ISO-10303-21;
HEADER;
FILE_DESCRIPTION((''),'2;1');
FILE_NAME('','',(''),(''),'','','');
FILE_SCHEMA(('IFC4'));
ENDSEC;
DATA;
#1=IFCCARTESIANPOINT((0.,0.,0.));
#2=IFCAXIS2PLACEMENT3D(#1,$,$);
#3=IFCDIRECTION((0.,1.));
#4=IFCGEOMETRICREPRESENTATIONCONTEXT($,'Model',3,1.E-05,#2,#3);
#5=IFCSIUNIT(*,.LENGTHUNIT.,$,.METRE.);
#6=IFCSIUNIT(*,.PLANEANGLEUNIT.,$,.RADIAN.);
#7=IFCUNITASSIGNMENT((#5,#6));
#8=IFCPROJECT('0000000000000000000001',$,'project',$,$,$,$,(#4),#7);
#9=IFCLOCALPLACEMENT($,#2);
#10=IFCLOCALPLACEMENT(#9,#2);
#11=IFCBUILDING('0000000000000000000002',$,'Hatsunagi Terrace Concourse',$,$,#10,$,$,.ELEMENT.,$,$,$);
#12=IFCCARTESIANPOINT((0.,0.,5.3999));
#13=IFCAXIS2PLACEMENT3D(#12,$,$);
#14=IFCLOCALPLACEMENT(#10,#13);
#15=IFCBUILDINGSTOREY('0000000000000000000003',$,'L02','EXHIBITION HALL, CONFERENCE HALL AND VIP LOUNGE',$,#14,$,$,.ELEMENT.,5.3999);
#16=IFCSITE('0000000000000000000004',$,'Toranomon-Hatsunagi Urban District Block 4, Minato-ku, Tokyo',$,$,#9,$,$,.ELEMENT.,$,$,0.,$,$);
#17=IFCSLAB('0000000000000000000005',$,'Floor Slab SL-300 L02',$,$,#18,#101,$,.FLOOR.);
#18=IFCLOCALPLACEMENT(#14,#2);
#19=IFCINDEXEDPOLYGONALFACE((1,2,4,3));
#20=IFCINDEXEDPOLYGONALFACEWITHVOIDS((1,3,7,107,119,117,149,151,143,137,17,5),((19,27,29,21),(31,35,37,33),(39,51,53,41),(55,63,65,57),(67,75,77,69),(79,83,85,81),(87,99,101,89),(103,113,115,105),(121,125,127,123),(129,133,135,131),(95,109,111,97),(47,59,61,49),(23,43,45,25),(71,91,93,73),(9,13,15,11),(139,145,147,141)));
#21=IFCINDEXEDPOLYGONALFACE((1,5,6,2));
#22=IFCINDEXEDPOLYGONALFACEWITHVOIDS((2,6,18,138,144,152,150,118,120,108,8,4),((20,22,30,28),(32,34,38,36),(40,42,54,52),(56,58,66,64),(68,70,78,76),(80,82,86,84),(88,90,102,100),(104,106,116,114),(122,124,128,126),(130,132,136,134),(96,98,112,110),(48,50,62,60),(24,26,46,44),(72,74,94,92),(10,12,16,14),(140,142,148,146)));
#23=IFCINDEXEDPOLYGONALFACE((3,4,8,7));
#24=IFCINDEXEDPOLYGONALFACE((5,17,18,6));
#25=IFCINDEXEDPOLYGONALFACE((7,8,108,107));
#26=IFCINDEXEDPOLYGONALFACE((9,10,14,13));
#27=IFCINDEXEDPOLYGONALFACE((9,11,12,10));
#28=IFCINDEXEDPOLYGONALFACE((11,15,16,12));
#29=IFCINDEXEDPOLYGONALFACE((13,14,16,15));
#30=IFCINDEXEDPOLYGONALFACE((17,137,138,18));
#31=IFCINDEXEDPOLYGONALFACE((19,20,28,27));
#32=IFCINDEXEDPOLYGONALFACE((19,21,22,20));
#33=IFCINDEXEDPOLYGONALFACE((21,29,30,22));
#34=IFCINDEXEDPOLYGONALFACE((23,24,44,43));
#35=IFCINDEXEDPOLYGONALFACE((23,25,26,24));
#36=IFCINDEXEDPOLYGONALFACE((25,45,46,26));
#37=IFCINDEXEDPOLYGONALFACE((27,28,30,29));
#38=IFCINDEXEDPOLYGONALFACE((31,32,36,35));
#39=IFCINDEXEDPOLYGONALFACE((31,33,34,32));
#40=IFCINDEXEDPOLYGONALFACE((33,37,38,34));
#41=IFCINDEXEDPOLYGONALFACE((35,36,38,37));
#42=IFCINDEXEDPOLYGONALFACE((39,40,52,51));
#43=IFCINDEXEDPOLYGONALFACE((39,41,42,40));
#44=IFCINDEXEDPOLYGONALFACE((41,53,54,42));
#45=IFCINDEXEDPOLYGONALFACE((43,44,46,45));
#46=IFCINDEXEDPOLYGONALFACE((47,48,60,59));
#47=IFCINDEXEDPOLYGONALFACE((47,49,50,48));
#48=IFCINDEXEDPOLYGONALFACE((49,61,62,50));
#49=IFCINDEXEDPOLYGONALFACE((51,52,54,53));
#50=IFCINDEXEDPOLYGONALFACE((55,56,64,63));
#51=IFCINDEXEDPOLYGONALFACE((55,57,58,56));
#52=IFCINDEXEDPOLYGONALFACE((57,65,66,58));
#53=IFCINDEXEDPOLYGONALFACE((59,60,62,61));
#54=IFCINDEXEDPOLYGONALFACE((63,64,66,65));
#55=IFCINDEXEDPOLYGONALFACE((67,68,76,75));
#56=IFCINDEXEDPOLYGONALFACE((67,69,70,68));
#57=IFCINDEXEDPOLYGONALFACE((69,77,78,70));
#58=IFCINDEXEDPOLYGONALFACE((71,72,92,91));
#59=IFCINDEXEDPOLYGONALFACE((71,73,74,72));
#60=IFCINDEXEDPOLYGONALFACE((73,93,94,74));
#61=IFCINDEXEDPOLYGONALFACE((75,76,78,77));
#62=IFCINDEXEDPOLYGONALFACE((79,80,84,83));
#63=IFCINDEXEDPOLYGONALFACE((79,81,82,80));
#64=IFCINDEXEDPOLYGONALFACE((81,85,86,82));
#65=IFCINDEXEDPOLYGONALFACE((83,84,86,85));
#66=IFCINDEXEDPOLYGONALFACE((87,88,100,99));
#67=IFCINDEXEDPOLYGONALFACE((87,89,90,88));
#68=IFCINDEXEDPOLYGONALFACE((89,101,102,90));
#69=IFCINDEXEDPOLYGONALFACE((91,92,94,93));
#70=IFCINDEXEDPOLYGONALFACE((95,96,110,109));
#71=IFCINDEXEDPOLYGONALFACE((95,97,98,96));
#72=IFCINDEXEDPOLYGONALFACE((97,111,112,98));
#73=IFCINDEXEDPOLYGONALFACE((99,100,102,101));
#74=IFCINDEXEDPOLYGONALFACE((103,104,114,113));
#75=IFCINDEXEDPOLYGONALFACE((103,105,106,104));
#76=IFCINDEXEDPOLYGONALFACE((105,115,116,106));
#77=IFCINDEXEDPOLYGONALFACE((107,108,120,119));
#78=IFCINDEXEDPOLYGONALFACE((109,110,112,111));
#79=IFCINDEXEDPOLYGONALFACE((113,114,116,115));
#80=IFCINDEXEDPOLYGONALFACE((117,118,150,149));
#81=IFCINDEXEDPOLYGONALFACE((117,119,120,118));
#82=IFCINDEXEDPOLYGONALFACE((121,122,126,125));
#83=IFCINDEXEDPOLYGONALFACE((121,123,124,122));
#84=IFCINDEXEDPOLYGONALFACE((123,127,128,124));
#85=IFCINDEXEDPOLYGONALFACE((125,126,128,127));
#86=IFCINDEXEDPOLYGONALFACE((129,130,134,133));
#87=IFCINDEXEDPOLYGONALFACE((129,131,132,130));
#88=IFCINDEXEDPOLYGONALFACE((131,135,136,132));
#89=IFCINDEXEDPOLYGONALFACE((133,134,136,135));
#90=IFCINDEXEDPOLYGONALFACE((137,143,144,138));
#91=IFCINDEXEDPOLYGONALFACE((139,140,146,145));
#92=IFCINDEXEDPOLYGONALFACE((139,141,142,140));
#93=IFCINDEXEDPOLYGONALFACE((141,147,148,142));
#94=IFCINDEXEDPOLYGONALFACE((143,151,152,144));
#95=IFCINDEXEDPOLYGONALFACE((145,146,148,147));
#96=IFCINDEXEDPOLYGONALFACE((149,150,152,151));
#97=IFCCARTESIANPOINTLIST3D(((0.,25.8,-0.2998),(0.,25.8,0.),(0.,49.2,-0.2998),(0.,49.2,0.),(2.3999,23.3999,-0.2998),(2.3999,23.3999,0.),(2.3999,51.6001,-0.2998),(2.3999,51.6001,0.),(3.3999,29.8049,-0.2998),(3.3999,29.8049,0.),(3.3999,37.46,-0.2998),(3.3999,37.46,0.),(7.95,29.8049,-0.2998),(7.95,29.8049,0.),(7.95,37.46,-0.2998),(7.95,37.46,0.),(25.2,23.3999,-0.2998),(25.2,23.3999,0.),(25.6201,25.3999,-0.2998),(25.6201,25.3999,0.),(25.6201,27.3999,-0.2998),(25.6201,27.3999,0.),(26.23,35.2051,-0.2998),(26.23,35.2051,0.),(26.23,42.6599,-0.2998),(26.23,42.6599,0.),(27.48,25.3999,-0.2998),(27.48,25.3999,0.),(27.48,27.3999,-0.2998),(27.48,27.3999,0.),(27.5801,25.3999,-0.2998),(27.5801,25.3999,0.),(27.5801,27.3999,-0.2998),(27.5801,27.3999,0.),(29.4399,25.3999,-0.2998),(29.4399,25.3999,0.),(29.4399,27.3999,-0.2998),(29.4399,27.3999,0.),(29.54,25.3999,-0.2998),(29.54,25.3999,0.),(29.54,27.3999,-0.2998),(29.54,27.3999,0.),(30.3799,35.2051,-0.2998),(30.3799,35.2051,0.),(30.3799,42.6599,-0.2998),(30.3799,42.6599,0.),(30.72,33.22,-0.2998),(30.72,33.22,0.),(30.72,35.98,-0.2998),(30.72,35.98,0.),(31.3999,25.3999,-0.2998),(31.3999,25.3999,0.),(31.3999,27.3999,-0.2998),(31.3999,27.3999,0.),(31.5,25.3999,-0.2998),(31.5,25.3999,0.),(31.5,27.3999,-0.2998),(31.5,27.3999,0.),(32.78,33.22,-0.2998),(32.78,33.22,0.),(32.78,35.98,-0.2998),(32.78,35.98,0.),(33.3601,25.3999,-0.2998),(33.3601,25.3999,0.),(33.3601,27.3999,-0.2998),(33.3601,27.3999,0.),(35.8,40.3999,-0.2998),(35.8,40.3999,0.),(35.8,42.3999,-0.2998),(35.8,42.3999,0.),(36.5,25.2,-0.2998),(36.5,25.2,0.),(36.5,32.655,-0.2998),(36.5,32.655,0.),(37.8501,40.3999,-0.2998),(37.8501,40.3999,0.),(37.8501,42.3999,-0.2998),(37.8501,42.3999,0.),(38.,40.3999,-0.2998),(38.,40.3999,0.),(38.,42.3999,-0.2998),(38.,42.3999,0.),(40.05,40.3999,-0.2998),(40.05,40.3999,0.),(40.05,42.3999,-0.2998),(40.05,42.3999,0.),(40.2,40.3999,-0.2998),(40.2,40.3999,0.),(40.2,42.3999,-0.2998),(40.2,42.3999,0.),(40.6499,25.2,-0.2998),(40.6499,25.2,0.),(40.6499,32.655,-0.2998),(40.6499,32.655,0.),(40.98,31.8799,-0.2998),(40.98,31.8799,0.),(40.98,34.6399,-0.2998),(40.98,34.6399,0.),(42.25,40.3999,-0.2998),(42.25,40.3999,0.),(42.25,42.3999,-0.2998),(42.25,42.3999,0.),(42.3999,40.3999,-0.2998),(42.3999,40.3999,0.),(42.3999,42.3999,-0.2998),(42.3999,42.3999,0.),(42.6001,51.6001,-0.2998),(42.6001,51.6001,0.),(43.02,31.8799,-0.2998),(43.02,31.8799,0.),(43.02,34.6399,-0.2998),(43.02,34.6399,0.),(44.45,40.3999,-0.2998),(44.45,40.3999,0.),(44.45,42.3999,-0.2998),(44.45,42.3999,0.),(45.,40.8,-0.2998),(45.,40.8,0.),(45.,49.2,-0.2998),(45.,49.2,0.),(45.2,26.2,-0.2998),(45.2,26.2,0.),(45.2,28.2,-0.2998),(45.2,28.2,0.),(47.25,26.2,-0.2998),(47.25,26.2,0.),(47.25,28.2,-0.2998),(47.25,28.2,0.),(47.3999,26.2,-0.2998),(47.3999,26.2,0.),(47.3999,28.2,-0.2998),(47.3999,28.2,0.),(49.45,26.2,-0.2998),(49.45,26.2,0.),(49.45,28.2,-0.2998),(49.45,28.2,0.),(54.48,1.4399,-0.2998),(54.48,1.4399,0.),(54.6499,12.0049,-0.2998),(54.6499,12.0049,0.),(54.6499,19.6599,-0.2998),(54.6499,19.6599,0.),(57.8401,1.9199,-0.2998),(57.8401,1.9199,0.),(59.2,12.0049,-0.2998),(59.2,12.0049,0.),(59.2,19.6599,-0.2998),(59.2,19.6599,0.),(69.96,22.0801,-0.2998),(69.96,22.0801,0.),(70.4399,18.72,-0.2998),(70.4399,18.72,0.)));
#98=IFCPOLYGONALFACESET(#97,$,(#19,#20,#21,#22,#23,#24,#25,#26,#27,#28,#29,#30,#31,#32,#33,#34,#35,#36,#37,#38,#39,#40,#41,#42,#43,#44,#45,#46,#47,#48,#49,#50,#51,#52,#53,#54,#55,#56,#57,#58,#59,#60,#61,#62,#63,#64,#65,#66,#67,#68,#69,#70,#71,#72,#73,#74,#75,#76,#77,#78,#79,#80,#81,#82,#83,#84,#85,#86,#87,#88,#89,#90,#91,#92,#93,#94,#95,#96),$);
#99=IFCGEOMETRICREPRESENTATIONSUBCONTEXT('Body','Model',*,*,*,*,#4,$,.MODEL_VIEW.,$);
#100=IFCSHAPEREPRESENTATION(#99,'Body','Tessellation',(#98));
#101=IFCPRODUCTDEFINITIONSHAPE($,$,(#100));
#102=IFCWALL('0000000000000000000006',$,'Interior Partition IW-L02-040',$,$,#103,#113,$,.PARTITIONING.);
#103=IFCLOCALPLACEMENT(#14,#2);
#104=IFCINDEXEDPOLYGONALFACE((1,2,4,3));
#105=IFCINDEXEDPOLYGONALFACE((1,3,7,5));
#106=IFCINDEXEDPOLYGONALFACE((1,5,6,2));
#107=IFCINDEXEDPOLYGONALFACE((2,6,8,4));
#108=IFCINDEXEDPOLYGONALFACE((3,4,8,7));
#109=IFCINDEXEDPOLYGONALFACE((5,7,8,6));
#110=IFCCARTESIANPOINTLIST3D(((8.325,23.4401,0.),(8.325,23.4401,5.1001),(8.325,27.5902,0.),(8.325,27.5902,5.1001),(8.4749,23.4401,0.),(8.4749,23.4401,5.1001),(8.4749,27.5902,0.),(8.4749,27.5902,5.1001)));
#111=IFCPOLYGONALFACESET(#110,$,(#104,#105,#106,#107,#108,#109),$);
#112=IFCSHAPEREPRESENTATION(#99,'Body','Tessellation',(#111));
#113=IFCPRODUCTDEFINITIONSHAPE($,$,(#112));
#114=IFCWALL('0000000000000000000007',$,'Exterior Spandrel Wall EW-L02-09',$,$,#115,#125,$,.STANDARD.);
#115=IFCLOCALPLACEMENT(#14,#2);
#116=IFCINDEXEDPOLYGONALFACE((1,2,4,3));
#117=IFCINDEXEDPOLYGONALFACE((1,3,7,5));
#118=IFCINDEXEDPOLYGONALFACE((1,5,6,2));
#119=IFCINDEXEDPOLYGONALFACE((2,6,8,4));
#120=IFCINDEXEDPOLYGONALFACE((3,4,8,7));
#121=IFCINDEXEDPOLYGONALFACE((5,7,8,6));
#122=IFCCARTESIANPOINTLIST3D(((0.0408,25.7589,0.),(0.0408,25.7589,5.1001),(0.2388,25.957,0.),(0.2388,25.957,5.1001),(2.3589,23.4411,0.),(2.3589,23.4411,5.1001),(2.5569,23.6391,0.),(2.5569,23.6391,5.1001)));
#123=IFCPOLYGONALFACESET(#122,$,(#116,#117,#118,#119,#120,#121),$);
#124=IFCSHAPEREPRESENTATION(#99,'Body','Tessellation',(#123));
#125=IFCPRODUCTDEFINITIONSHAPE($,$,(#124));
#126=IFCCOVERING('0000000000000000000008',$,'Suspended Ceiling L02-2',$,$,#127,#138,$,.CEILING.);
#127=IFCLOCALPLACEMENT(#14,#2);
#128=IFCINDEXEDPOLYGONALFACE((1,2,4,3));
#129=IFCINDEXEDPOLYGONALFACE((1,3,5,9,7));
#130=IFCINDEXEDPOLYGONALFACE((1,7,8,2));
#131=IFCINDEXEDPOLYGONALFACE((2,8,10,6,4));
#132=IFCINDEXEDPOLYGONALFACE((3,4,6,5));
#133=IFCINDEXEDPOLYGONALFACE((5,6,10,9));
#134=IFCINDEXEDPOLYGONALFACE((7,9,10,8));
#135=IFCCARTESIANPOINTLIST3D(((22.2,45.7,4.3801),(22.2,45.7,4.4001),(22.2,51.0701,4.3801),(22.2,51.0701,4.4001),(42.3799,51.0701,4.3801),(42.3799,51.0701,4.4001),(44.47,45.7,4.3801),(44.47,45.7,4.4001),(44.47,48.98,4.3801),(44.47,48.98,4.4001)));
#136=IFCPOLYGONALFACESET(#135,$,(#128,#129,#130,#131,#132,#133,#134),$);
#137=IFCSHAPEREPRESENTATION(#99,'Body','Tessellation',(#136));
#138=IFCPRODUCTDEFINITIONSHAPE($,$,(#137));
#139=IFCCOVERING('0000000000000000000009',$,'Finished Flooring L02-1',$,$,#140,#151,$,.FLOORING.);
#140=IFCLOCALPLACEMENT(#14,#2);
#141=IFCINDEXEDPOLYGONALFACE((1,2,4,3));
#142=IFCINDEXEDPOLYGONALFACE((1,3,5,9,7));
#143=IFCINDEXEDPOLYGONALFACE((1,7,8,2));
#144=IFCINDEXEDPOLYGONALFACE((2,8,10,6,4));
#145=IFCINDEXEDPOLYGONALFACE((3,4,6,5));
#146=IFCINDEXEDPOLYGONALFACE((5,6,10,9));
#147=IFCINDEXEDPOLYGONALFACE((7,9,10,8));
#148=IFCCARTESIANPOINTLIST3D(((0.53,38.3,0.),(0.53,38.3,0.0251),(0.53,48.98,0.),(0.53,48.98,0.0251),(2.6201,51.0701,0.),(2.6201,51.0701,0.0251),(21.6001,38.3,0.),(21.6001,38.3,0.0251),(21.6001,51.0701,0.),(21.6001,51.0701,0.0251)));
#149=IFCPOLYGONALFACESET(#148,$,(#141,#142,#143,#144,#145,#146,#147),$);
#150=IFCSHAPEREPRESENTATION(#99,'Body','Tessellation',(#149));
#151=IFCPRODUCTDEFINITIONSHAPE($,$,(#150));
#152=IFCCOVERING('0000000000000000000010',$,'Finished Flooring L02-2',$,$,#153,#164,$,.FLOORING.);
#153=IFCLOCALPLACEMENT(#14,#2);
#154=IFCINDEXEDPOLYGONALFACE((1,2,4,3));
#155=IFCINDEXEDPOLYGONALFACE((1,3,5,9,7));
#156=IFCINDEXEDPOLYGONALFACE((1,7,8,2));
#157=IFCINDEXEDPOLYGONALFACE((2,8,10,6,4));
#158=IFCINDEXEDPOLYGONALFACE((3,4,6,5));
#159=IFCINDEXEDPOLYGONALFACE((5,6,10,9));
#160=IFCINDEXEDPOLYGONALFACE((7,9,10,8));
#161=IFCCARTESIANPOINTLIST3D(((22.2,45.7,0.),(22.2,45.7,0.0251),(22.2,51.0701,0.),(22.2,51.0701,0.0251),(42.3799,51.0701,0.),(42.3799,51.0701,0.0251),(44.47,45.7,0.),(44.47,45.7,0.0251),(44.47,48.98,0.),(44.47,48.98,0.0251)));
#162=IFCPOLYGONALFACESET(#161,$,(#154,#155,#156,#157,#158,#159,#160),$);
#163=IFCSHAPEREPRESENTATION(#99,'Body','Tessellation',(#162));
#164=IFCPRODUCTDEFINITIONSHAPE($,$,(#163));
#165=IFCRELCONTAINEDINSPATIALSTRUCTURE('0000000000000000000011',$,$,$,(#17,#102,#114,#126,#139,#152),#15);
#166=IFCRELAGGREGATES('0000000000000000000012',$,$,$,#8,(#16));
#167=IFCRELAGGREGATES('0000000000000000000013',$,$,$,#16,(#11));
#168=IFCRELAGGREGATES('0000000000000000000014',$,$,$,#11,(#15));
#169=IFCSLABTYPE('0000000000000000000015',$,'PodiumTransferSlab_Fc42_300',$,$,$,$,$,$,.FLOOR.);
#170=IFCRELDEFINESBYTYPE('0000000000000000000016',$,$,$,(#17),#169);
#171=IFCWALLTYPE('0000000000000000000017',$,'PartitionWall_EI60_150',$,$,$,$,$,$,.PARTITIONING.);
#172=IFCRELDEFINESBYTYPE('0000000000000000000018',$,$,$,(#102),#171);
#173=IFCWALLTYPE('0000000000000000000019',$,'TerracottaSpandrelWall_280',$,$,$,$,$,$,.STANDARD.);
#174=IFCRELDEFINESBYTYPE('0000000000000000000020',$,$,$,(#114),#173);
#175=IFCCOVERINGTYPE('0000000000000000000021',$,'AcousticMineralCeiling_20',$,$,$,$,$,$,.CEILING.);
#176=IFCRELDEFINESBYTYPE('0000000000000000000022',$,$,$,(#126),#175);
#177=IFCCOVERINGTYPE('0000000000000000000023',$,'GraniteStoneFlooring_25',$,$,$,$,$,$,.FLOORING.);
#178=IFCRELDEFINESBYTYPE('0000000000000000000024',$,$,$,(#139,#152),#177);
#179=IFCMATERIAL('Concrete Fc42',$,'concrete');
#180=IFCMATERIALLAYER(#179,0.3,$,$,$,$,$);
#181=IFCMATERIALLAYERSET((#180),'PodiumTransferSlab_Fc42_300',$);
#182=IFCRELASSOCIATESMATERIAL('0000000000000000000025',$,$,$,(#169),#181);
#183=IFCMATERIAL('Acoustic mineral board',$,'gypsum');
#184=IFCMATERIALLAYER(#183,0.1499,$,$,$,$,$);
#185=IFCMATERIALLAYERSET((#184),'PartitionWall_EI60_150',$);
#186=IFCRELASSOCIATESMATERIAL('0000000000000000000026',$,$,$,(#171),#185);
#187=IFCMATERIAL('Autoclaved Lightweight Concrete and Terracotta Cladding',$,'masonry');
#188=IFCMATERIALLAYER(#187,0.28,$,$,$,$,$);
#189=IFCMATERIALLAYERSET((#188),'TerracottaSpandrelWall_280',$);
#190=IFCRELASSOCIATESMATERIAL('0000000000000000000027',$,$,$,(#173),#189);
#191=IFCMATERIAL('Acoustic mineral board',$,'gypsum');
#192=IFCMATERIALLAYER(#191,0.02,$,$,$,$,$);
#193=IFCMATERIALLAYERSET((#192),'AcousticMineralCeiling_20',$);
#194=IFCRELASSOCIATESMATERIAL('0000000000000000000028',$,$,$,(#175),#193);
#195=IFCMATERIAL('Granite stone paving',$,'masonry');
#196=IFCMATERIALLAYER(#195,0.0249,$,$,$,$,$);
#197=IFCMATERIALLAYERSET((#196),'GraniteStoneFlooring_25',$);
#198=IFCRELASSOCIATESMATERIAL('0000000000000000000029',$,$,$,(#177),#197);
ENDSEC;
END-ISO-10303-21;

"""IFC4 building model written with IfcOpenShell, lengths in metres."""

from ifc_helpers import new_model, si_unit, direction, frame, frame_2d, origin, place, context, subcontext, project, spatial, polyline, rectangle, outline, extrude, material, layer, layer_set, type_object, element, save


model = new_model("IFC4")

# Units and contexts
model_context = context("Model", 3, precision=1e-05, world=origin(), true_north=direction((0.0, 1.0)))
body_context = subcontext(model_context, "Body", "Model", "MODEL_VIEW")
ifc_project = project(units=[si_unit("LENGTHUNIT", "METRE"), si_unit("PLANEANGLEUNIT", "RADIAN")], contexts=[model_context])

# Site, building, storey
site_placement = place(None, origin())
site = spatial("IfcSite", under=ifc_project, at=site_placement, Name="Toranomon-Hatsunagi Urban District Block 4, Minato-ku, Tokyo", CompositionType="ELEMENT", RefElevation=0.0)
building_placement = place(site_placement, origin())
building = spatial("IfcBuilding", under=site, at=building_placement, Name="Hatsunagi Terrace Concourse", CompositionType="ELEMENT")
storey_placement = place(building_placement, frame((0.0, 0.0, 5.3999)))
storey = spatial("IfcBuildingStorey", under=building, at=storey_placement, Name="L02", Description="EXHIBITION HALL, CONFERENCE HALL AND VIP LOUNGE", CompositionType="ELEMENT", Elevation=5.3999)

# Slab
ifc_material_1 = material(Name="Concrete Fc42", Category="concrete")
ifc_layer_1 = layer(ifc_material_1, 0.3)
ifc_layer_set_1 = layer_set([ifc_layer_1], Name="PodiumTransferSlab_Fc42_300")
slab_type_1 = type_object("IfcSlabType", Name="PodiumTransferSlab_Fc42_300", PredefinedType="FLOOR", material=ifc_layer_set_1)
slab_1_placement = place(storey_placement, frame((0.0, 0.0, -0.2998)))
element("IfcSlab", 1, at=slab_1_placement, inside=storey, type_object=slab_type_1, Name="Floor Slab SL-300 L02", PredefinedType="FLOOR", context=body_context, shape_type="SweptSolid", body=[
    extrude(outline(polyline([(45.0, 40.8), (45.0, 49.2), (42.6001, 51.6001), (2.3999, 51.6001), (0.0, 49.2), (0.0, 25.8), (2.3999, 23.3999), (25.2, 23.3999), (54.48, 1.4399), (57.8401, 1.9199), (70.4399, 18.72), (69.96, 22.0801), (45.0, 40.8)]), holes=[polyline([(26.23, 35.2051), (30.3799, 35.2051), (30.3799, 42.6599), (26.23, 42.6599), (26.23, 35.2051)]), polyline([(36.5, 25.2), (40.6499, 25.2), (40.6499, 32.655), (36.5, 32.655), (36.5, 25.2)]), polyline([(3.3999, 29.8049), (7.95, 29.8049), (7.95, 37.46), (3.3999, 37.46), (3.3999, 29.8049)]), polyline([(54.6499, 12.0049), (59.2, 12.0049), (59.2, 19.6599), (54.6499, 19.6599), (54.6499, 12.0049)]), polyline([(30.72, 33.22), (32.78, 33.22), (32.78, 35.98), (30.72, 35.98), (30.72, 33.22)]), polyline([(40.98, 31.8799), (43.02, 31.8799), (43.02, 34.6399), (40.98, 34.6399), (40.98, 31.8799)]), polyline([(25.6201, 25.3999), (27.48, 25.3999), (27.48, 27.3999), (25.6201, 27.3999), (25.6201, 25.3999)]), polyline([(27.5801, 25.3999), (29.4399, 25.3999), (29.4399, 27.3999), (27.5801, 27.3999), (27.5801, 25.3999)]), polyline([(29.54, 25.3999), (31.3999, 25.3999), (31.3999, 27.3999), (29.54, 27.3999), (29.54, 25.3999)]), polyline([(31.5, 25.3999), (33.3601, 25.3999), (33.3601, 27.3999), (31.5, 27.3999), (31.5, 25.3999)]), polyline([(35.8, 40.3999), (37.8501, 40.3999), (37.8501, 42.3999), (35.8, 42.3999), (35.8, 40.3999)]), polyline([(38.0, 40.3999), (40.05, 40.3999), (40.05, 42.3999), (38.0, 42.3999), (38.0, 40.3999)]), polyline([(40.2, 40.3999), (42.25, 40.3999), (42.25, 42.3999), (40.2, 42.3999), (40.2, 40.3999)]), polyline([(42.3999, 40.3999), (44.45, 40.3999), (44.45, 42.3999), (42.3999, 42.3999), (42.3999, 40.3999)]), polyline([(45.2, 26.2), (47.25, 26.2), (47.25, 28.2), (45.2, 28.2), (45.2, 26.2)]), polyline([(47.3999, 26.2), (49.45, 26.2), (49.45, 28.2), (47.3999, 28.2), (47.3999, 26.2)])]), origin(), (0.0, 0.0, 1.0), 0.2998),
])

# Walls
ifc_material_2 = material(Name="Acoustic mineral board", Category="gypsum")
ifc_layer_2 = layer(ifc_material_2, 0.1499)
ifc_layer_set_2 = layer_set([ifc_layer_2], Name="PartitionWall_EI60_150")
wall_type_1 = type_object("IfcWallType", Name="PartitionWall_EI60_150", PredefinedType="PARTITIONING", material=ifc_layer_set_2)
wall_1_placement = place(storey_placement, frame((8.3999, 23.4399, 0.0), z_axis=(0.0, 0.0, 1.0), x_axis=(0.0, 1.0, 0.0)))
element("IfcWall", 2, at=wall_1_placement, inside=storey, type_object=wall_type_1, Name="Interior Partition IW-L02-040", PredefinedType="PARTITIONING", context=body_context, shape_type="SweptSolid", body=[
    extrude(rectangle(XDim=4.1501, YDim=0.1499, at=frame_2d((2.0752, 0.0))), origin(), (0.0, 0.0, 1.0), 5.1001),
])
ifc_material_3 = material(Name="Autoclaved Lightweight Concrete and Terracotta Cladding", Category="masonry")
ifc_layer_3 = layer(ifc_material_3, 0.28)
ifc_layer_set_3 = layer_set([ifc_layer_3], Name="TerracottaSpandrelWall_280")
wall_type_2 = type_object("IfcWallType", Name="TerracottaSpandrelWall_280", PredefinedType="STANDARD", material=ifc_layer_set_3)
wall_2_placement = place(storey_placement, frame((2.458, 23.54, 0.0), z_axis=(0.0, 0.0, 1.0), x_axis=(-0.707144, 0.70707, 0.0)))
element("IfcWall", 3, at=wall_2_placement, inside=storey, type_object=wall_type_2, Name="Exterior Spandrel Wall EW-L02-09", PredefinedType="STANDARD", context=body_context, shape_type="SweptSolid", body=[
    extrude(rectangle(XDim=3.2781, YDim=0.28, at=frame_2d((1.6392, 0.0))), origin(), (0.0, 0.0, 1.0), 5.1001),
])

# Coverings
ifc_material_4 = material(Name="Acoustic mineral board", Category="gypsum")
ifc_layer_4 = layer(ifc_material_4, 0.02)
ifc_layer_set_4 = layer_set([ifc_layer_4], Name="AcousticMineralCeiling_20")
covering_type_1 = type_object("IfcCoveringType", Name="AcousticMineralCeiling_20", PredefinedType="CEILING", material=ifc_layer_set_4)
covering_1_placement = place(storey_placement, frame((0.0, 0.0, 4.3801)))
element("IfcCovering", 4, at=covering_1_placement, inside=storey, type_object=covering_type_1, Name="Suspended Ceiling L02-2", PredefinedType="CEILING", context=body_context, shape_type="SweptSolid", body=[
    extrude(outline(polyline([(44.47, 48.98), (42.3799, 51.0701), (22.2, 51.0701), (22.2, 45.7), (44.47, 45.7), (44.47, 48.98)])), origin(), (0.0, 0.0, 1.0), 0.02),
])
ifc_material_5 = material(Name="Granite stone paving", Category="masonry")
ifc_layer_5 = layer(ifc_material_5, 0.0249)
ifc_layer_set_5 = layer_set([ifc_layer_5], Name="GraniteStoneFlooring_25")
covering_type_2 = type_object("IfcCoveringType", Name="GraniteStoneFlooring_25", PredefinedType="FLOORING", material=ifc_layer_set_5)
covering_2_placement = place(storey_placement, origin())
element("IfcCovering", 5, at=covering_2_placement, inside=storey, type_object=covering_type_2, Name="Finished Flooring L02-1", PredefinedType="FLOORING", context=body_context, shape_type="SweptSolid", body=[
    extrude(outline(polyline([(2.6201, 51.0701), (0.53, 48.98), (0.53, 38.3), (21.6001, 38.3), (21.6001, 51.0701), (2.6201, 51.0701)])), origin(), (0.0, 0.0, 1.0), 0.0251),
])
covering_3_placement = place(storey_placement, origin())
element("IfcCovering", 6, at=covering_3_placement, inside=storey, type_object=covering_type_2, Name="Finished Flooring L02-2", PredefinedType="FLOORING", context=body_context, shape_type="SweptSolid", body=[
    extrude(outline(polyline([(44.47, 48.98), (42.3799, 51.0701), (22.2, 51.0701), (22.2, 45.7), (44.47, 45.7), (44.47, 48.98)])), origin(), (0.0, 0.0, 1.0), 0.0251),
])

save(model, "model.ifc")
